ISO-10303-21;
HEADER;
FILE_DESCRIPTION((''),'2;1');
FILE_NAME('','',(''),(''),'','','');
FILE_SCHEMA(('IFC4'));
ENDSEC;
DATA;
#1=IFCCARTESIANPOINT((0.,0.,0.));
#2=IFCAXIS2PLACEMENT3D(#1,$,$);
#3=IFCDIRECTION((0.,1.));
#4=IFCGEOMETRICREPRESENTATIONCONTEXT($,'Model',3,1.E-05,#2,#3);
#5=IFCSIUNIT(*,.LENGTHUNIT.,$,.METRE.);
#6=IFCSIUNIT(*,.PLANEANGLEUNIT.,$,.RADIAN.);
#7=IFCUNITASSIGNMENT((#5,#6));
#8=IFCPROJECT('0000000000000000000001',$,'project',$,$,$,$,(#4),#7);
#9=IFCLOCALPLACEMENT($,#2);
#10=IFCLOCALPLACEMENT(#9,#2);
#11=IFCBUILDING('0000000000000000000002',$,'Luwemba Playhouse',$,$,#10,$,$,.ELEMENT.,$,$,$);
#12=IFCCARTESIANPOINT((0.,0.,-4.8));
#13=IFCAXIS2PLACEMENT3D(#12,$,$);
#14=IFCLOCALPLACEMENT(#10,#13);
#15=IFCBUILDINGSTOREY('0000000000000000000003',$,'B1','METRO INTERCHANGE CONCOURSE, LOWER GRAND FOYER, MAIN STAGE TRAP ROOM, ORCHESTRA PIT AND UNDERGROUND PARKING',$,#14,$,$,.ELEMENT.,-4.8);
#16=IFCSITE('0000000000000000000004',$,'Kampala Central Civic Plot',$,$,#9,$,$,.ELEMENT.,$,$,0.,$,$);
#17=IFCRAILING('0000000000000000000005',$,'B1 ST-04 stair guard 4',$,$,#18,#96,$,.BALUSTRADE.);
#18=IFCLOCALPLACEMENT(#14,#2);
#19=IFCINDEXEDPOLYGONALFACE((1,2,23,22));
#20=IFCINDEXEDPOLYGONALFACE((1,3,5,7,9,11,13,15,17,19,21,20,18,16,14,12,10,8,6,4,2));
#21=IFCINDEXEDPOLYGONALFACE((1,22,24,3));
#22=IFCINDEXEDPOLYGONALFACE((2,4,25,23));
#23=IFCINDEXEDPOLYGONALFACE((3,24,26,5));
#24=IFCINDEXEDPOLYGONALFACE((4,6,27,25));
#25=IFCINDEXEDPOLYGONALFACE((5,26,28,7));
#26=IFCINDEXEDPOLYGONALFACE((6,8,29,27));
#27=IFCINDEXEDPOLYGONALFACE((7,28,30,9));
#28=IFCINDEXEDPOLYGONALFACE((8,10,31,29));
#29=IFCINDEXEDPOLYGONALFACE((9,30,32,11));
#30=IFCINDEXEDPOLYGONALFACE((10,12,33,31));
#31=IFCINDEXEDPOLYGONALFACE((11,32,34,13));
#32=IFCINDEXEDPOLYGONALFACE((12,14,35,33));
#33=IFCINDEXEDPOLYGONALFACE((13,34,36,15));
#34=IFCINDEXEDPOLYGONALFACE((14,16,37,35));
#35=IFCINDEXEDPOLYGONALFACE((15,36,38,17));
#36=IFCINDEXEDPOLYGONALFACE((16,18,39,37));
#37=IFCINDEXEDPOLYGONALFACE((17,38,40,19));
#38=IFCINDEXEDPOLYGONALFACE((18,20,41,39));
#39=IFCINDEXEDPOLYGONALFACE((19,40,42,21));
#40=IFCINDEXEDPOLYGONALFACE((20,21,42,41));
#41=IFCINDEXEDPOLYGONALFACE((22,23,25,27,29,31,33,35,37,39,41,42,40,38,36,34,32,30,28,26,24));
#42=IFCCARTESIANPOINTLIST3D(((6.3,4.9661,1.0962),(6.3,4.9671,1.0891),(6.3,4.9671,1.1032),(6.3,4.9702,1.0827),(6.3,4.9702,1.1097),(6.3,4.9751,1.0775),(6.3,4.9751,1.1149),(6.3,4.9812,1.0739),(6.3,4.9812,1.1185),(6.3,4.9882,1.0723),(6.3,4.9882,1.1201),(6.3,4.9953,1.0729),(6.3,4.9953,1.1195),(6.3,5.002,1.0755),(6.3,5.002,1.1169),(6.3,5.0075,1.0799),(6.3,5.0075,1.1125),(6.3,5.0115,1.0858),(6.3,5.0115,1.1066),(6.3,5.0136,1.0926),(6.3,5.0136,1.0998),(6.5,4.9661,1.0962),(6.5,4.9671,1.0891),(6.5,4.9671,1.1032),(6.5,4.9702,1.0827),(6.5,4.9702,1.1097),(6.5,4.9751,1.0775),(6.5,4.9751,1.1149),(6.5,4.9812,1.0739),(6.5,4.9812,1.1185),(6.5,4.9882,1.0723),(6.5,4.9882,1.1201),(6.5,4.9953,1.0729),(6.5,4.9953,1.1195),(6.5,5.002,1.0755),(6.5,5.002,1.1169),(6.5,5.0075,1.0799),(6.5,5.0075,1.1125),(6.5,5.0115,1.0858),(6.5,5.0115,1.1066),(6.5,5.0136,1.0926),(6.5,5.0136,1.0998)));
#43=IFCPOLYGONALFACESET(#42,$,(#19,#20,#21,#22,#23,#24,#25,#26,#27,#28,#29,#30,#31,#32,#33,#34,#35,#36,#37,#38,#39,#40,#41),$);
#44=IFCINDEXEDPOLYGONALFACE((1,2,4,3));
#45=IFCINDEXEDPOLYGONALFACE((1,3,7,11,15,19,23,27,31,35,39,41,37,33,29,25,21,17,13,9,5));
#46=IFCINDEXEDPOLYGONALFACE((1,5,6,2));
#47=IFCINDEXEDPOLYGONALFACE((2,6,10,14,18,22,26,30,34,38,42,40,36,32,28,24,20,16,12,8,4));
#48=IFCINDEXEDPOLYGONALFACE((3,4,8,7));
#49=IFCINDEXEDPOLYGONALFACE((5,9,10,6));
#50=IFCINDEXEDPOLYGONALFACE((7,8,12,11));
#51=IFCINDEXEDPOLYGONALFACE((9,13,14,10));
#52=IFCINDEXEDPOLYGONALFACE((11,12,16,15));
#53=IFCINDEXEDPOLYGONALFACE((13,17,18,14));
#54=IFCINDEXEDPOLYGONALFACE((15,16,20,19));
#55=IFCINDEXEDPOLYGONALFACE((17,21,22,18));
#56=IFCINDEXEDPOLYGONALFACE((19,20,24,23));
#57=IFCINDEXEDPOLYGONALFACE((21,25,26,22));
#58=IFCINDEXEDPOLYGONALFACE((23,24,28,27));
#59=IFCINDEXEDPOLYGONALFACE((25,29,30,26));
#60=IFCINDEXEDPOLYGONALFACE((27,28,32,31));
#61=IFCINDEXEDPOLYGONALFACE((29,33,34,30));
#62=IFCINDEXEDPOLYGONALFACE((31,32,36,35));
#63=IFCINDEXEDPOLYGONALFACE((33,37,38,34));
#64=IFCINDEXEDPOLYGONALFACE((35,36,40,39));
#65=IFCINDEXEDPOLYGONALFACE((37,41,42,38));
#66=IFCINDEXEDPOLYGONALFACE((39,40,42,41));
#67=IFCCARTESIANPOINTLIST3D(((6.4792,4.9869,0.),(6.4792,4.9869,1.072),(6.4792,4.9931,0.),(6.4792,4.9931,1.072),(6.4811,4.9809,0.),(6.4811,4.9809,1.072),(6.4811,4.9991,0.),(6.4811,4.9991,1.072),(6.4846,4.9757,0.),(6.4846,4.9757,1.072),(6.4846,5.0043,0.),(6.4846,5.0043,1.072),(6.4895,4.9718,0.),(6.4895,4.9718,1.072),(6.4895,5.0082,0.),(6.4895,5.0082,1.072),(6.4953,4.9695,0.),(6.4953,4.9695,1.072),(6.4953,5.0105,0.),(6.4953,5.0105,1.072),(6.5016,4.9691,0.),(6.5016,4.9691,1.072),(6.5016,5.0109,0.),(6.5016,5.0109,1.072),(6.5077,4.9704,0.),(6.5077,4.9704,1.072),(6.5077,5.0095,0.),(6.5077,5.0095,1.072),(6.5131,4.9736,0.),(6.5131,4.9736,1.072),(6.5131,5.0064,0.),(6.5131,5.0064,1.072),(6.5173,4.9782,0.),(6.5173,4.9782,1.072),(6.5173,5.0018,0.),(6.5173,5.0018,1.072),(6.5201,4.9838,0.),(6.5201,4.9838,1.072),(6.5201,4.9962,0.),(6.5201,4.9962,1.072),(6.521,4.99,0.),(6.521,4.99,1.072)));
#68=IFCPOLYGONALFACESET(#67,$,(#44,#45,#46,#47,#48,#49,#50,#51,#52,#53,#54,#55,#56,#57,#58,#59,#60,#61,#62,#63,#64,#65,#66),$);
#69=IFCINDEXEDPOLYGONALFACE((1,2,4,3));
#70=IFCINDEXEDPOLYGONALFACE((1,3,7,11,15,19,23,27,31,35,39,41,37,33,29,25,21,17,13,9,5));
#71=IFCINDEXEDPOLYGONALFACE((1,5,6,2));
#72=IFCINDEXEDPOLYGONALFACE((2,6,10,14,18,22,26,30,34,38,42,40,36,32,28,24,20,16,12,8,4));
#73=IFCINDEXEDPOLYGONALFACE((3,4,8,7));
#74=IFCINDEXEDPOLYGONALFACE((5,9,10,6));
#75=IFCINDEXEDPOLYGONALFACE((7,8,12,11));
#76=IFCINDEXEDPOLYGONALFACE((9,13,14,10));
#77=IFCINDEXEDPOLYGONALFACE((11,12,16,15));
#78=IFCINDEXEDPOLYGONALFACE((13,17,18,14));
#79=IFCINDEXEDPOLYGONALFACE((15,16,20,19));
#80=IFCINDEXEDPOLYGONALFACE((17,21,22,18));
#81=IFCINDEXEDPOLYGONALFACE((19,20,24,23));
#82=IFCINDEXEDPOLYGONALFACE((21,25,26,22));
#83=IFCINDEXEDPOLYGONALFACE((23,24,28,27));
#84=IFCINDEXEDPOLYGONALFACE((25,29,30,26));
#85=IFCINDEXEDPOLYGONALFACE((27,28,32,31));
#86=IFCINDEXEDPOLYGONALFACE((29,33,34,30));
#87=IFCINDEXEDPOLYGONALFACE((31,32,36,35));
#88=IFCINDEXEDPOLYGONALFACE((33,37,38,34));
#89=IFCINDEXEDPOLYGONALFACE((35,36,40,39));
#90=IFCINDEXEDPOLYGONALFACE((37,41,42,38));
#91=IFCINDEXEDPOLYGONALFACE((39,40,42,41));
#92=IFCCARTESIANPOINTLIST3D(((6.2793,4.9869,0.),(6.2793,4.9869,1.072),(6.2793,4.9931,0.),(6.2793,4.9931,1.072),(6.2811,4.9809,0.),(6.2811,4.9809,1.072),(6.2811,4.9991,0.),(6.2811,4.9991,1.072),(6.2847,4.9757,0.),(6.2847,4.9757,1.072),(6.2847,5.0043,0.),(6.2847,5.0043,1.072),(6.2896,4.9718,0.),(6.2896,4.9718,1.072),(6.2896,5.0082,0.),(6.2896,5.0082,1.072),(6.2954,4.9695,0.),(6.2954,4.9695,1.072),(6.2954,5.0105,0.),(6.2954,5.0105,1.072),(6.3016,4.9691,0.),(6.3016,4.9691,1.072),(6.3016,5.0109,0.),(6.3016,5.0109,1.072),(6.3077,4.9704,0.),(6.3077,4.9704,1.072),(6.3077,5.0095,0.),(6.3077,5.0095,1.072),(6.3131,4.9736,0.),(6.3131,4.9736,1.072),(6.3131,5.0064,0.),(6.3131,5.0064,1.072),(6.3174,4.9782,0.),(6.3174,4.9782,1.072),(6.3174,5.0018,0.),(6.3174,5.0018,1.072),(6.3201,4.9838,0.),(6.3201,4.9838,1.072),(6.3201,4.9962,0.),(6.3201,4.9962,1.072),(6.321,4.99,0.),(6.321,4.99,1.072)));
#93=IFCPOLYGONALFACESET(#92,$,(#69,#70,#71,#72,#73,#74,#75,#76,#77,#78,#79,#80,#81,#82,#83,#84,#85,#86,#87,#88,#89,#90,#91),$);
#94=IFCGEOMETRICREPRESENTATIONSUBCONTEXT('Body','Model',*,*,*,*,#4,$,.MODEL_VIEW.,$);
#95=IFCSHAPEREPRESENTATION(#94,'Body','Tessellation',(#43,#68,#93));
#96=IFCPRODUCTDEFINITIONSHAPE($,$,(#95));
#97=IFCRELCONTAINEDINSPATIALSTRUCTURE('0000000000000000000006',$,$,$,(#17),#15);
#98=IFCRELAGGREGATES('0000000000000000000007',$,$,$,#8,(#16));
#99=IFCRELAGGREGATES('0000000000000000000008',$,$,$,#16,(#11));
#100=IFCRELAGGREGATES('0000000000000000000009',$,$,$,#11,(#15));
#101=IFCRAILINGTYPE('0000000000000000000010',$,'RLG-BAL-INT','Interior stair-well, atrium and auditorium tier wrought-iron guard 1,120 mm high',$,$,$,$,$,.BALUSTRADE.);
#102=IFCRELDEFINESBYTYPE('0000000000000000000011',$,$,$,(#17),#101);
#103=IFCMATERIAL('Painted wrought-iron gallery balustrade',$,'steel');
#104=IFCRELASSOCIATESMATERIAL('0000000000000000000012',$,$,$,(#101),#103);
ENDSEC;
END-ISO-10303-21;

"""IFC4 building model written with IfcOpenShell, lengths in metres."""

from ifc_helpers import new_model, si_unit, direction, frame, origin, origin_2d, place, context, subcontext, project, spatial, circle, extrude, material, type_object, element, save


model = new_model("IFC4")

# Units and contexts
model_context = context("Model", 3, precision=1e-05, world=origin(), true_north=direction((0.0, 1.0)))
body_context = subcontext(model_context, "Body", "Model", "MODEL_VIEW")
ifc_project = project(units=[si_unit("LENGTHUNIT", "METRE"), si_unit("PLANEANGLEUNIT", "RADIAN")], contexts=[model_context])

# Site, building, storey
site_placement = place(None, origin())
site = spatial("IfcSite", under=ifc_project, at=site_placement, Name="Kampala Central Civic Plot", CompositionType="ELEMENT", RefElevation=0.0)
building_placement = place(site_placement, origin())
building = spatial("IfcBuilding", under=site, at=building_placement, Name="Luwemba Playhouse", CompositionType="ELEMENT")
storey_placement = place(building_placement, frame((0.0, 0.0, -4.8)))
storey = spatial("IfcBuildingStorey", under=building, at=storey_placement, Name="B1", Description="METRO INTERCHANGE CONCOURSE, LOWER GRAND FOYER, MAIN STAGE TRAP ROOM, ORCHESTRA PIT AND UNDERGROUND PARKING", CompositionType="ELEMENT", Elevation=-4.8)

# Railing
ifc_material_1 = material(Name="Painted wrought-iron gallery balustrade", Category="steel")
railing_type_1 = type_object("IfcRailingType", Name="RLG-BAL-INT", Description="Interior stair-well, atrium and auditorium tier wrought-iron guard 1,120 mm high", PredefinedType="BALUSTRADE", material=ifc_material_1)
railing_1_placement = place(storey_placement, frame((6.5, 4.99, 0.0)))
element("IfcRailing", 1, at=railing_1_placement, inside=storey, type_object=railing_type_1, Name="B1 ST-04 stair guard 4", PredefinedType="BALUSTRADE", context=body_context, shape_type="SweptSolid", body=[
    extrude(circle(Radius=0.0239, at=origin_2d()), frame((0.0, 0.0, 1.0962), z_axis=(-1.0, 0.0, 0.0), x_axis=(0.0, -1.0, 0.0)), (0.0, 0.0, 1.0), 0.2),
    extrude(circle(Radius=0.021, at=origin_2d()), origin(), (0.0, 0.0, 1.0), 1.072),
    extrude(circle(Radius=0.021, at=origin_2d()), frame((-0.2, 0.0, 0.0)), (0.0, 0.0, 1.0), 1.072),
])

save(model, "model.ifc")
